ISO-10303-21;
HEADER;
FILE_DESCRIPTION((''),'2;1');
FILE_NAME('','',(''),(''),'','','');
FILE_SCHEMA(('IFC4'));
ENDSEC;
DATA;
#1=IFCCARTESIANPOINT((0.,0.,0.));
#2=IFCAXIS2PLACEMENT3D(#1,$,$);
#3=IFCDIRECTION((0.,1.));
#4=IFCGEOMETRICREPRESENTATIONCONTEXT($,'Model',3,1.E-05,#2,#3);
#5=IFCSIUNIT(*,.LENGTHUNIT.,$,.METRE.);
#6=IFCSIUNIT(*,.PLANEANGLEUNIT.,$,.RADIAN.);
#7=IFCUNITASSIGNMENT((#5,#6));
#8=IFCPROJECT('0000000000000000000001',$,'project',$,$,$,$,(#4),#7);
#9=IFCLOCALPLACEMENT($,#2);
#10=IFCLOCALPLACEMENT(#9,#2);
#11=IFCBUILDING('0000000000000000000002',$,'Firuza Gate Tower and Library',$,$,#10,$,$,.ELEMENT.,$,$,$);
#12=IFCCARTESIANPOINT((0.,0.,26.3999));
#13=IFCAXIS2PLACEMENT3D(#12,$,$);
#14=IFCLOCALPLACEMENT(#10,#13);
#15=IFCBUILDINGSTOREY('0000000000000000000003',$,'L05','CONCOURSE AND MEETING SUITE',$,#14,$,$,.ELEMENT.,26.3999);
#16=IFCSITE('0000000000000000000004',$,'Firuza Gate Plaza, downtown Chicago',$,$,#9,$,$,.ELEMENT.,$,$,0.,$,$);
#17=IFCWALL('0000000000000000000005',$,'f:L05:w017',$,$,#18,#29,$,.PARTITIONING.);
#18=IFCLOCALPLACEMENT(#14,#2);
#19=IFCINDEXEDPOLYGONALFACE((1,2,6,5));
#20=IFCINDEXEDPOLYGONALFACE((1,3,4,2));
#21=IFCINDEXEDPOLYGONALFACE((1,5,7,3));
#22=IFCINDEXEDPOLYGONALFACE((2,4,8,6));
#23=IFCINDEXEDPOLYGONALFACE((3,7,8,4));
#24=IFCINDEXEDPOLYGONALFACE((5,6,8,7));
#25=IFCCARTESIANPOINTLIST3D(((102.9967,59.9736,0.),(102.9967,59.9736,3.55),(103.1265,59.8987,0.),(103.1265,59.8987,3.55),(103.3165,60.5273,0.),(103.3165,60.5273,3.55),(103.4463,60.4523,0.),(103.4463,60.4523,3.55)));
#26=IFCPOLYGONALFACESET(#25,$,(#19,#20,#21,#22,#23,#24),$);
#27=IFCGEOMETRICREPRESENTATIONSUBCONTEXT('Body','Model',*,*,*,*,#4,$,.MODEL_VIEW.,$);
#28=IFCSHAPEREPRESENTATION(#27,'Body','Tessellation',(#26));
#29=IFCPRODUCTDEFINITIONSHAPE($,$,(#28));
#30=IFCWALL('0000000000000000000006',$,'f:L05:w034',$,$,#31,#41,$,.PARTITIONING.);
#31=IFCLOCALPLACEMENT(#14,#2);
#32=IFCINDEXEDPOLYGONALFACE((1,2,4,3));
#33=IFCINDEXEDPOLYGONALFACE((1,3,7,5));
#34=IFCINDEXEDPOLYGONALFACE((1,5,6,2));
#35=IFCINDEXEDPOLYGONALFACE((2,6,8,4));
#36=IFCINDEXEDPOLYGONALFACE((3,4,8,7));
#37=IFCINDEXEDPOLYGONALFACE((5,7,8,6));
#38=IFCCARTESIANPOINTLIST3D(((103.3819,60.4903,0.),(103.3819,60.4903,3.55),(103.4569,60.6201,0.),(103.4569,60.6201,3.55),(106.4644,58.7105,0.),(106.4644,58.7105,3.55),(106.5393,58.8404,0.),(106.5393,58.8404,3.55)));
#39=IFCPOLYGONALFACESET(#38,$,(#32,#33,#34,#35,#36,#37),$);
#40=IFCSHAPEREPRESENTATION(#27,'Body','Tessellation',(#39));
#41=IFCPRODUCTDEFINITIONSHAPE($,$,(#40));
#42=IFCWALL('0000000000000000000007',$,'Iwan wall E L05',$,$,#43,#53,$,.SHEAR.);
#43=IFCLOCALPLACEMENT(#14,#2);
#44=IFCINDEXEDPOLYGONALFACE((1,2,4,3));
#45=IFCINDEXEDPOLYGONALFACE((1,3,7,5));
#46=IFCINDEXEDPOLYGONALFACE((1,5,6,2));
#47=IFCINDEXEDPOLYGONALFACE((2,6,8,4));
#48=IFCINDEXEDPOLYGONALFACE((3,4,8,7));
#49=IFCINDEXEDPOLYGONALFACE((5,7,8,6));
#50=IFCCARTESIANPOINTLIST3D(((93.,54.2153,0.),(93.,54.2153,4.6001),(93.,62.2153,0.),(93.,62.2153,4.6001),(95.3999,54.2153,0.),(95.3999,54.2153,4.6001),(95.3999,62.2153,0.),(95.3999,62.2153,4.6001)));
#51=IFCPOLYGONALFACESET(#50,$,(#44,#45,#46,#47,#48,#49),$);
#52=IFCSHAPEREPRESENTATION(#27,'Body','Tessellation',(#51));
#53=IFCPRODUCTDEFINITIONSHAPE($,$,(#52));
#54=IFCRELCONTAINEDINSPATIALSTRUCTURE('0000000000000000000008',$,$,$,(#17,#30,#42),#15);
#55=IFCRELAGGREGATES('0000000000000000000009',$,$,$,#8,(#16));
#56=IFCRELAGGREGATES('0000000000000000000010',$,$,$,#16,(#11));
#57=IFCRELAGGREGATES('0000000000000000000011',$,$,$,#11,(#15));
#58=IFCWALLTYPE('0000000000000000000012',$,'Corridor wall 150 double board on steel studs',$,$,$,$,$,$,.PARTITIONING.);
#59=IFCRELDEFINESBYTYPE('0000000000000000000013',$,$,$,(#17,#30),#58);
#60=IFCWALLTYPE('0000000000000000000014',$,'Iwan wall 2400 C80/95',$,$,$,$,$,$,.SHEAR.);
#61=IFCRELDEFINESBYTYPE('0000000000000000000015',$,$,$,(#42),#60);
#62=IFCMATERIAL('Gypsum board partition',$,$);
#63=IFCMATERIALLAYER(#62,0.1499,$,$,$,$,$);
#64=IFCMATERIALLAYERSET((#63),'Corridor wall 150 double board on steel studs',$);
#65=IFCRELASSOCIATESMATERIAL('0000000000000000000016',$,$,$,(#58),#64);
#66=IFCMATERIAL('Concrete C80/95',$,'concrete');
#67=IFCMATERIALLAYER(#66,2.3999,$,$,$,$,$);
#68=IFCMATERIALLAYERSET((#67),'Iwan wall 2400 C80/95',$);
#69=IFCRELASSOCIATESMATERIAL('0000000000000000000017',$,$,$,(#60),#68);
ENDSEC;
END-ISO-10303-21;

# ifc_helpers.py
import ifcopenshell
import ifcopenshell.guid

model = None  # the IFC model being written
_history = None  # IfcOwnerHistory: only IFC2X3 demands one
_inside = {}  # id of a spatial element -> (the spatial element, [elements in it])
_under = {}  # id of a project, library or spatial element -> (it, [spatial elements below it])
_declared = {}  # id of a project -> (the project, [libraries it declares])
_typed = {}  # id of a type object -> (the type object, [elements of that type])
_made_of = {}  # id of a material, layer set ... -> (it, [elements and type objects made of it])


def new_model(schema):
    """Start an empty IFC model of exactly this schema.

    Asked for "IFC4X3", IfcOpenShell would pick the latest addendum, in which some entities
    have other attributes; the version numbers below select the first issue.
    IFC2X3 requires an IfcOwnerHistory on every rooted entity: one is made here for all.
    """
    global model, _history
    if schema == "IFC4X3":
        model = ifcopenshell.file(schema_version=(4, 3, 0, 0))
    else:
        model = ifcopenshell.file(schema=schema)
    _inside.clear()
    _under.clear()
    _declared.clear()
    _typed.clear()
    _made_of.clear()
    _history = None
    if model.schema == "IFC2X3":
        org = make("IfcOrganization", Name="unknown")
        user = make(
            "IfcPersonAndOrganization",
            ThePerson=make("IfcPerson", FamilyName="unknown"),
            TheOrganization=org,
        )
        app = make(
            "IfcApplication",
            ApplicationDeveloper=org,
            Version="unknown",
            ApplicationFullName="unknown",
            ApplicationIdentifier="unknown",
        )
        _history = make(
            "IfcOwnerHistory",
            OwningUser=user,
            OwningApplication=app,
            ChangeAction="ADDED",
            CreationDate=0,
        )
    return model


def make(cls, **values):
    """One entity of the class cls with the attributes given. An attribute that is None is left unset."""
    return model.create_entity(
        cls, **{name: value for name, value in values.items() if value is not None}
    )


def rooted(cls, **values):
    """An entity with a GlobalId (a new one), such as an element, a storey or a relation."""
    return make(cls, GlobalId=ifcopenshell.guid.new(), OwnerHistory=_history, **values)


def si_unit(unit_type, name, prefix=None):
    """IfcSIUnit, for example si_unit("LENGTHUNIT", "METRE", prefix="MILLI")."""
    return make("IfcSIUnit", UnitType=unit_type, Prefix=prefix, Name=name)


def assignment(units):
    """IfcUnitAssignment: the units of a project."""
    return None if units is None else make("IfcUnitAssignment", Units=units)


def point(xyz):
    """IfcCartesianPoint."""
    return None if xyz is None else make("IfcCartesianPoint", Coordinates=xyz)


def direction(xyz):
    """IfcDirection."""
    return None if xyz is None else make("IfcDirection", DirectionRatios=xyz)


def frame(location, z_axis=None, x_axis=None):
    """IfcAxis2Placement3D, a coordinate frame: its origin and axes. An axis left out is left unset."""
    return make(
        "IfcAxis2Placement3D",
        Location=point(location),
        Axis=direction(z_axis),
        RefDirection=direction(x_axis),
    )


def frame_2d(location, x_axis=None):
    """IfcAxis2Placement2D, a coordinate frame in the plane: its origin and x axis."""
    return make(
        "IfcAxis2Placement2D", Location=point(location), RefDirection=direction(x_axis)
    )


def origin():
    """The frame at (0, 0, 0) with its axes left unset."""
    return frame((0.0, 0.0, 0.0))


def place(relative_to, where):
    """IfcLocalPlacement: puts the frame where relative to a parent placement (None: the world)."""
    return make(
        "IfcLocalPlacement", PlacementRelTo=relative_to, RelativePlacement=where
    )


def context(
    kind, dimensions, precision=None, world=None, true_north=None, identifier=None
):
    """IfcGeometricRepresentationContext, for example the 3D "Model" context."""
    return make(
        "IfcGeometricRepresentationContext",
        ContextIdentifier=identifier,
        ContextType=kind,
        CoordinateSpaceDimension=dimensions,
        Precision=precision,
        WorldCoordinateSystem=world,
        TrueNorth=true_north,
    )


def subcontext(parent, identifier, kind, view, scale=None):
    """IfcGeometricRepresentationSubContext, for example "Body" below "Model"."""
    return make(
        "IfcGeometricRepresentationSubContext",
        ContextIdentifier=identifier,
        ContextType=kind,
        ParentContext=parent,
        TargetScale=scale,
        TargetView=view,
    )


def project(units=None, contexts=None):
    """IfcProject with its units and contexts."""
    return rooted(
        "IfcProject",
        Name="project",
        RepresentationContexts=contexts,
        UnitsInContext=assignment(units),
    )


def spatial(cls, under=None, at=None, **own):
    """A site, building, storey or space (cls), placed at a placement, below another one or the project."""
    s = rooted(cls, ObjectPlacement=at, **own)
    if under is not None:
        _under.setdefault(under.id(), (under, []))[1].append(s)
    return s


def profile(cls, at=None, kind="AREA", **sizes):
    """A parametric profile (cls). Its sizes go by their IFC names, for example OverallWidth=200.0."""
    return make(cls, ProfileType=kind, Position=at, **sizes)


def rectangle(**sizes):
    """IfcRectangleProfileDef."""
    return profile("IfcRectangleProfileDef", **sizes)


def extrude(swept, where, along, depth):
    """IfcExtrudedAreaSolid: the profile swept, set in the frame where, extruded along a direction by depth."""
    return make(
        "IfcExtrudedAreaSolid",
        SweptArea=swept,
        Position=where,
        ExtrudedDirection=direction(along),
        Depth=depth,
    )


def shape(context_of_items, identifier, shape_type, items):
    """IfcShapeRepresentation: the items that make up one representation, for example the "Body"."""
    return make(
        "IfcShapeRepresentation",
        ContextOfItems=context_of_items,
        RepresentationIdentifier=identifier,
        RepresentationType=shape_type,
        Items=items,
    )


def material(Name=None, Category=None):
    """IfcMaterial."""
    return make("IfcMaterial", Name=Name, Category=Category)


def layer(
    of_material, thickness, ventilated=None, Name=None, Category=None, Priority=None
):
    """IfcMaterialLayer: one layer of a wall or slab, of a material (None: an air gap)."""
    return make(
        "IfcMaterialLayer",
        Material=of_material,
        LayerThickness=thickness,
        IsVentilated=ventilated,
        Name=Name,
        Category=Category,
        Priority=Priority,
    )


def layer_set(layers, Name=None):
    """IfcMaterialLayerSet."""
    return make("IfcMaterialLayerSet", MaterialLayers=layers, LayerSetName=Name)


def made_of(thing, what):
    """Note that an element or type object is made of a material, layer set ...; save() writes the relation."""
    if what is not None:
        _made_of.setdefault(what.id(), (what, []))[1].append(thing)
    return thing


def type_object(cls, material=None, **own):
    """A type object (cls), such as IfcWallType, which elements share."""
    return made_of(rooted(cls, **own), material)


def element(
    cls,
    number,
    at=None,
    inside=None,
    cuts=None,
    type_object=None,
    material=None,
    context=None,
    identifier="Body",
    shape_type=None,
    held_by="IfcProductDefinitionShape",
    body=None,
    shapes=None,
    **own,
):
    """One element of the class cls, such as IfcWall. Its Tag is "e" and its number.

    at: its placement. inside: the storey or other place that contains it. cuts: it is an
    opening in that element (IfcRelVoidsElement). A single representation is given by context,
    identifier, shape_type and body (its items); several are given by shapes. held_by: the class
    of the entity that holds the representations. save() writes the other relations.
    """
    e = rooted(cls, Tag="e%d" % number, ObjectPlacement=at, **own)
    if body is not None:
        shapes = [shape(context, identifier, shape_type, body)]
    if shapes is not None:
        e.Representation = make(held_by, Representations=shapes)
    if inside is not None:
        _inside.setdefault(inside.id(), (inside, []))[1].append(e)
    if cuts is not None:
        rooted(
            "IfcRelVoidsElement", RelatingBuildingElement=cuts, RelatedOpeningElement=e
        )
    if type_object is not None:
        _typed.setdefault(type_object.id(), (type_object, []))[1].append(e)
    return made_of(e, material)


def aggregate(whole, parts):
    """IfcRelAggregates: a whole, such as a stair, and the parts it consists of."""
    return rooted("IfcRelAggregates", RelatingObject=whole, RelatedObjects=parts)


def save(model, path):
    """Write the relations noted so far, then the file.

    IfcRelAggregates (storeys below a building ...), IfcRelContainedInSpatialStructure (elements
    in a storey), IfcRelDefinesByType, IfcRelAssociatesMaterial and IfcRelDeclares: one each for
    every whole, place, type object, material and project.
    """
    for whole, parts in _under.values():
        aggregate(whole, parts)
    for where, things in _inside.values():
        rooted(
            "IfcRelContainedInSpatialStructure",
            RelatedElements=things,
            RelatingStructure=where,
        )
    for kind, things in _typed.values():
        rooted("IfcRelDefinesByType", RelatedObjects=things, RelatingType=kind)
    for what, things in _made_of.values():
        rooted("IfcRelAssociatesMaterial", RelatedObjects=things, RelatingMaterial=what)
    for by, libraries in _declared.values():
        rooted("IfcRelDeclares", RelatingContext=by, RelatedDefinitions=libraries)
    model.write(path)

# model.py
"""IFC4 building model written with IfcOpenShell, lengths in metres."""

from ifc_helpers import new_model, si_unit, direction, frame, frame_2d, origin, place, context, subcontext, project, spatial, rectangle, extrude, material, layer, layer_set, type_object, element, save


model = new_model("IFC4")

# Units and contexts
model_context = context("Model", 3, precision=1e-05, world=origin(), true_north=direction((0.0, 1.0)))
body_context = subcontext(model_context, "Body", "Model", "MODEL_VIEW")
ifc_project = project(units=[si_unit("LENGTHUNIT", "METRE"), si_unit("PLANEANGLEUNIT", "RADIAN")], contexts=[model_context])

# Site, building, storey
site_placement = place(None, origin())
site = spatial("IfcSite", under=ifc_project, at=site_placement, Name="Firuza Gate Plaza, downtown Chicago", CompositionType="ELEMENT", RefElevation=0.0)
building_placement = place(site_placement, origin())
building = spatial("IfcBuilding", under=site, at=building_placement, Name="Firuza Gate Tower and Library", CompositionType="ELEMENT")
storey_placement = place(building_placement, frame((0.0, 0.0, 26.3999)))
storey = spatial("IfcBuildingStorey", under=building, at=storey_placement, Name="L05", Description="CONCOURSE AND MEETING SUITE", CompositionType="ELEMENT", Elevation=26.3999)

# Walls
ifc_material_1 = material(Name="Gypsum board partition")
ifc_layer_1 = layer(ifc_material_1, 0.1499)
ifc_layer_set_1 = layer_set([ifc_layer_1], Name="Corridor wall 150 double board on steel studs")
wall_type_1 = type_object("IfcWallType", Name="Corridor wall 150 double board on steel studs", PredefinedType="PARTITIONING", material=ifc_layer_set_1)
wall_1_placement = place(storey_placement, frame((103.0615, 59.936, 0.0), z_axis=(0.0, 0.0, 1.0), x_axis=(0.500163, 0.865931, 0.0)))
element("IfcWall", 1, at=wall_1_placement, inside=storey, type_object=wall_type_1, Name="f:L05:w017", PredefinedType="PARTITIONING", context=body_context, shape_type="SweptSolid", body=[
    extrude(rectangle(XDim=0.6394, YDim=0.1499, at=frame_2d((0.3198, 0.0))), origin(), (0.0, 0.0, 1.0), 3.55),
])
wall_2_placement = place(storey_placement, frame((106.502, 58.7754, 0.0), z_axis=(0.0, 0.0, 1.0), x_axis=(-0.866014, 0.500019, 0.0)))
element("IfcWall", 2, at=wall_2_placement, inside=storey, type_object=wall_type_1, Name="f:L05:w034", PredefinedType="PARTITIONING", context=body_context, shape_type="SweptSolid", body=[
    extrude(rectangle(XDim=3.5593, YDim=0.1499, at=frame_2d((1.7798, 0.0))), origin(), (0.0, 0.0, 1.0), 3.55),
])
ifc_material_2 = material(Name="Concrete C80/95", Category="concrete")
ifc_layer_2 = layer(ifc_material_2, 2.3999)
ifc_layer_set_2 = layer_set([ifc_layer_2], Name="Iwan wall 2400 C80/95")
wall_type_2 = type_object("IfcWallType", Name="Iwan wall 2400 C80/95", PredefinedType="SHEAR", material=ifc_layer_set_2)
wall_3_placement = place(storey_placement, frame((94.2, 54.2153, 0.0), z_axis=(0.0, 0.0, 1.0), x_axis=(0.0, 1.0, 0.0)))
element("IfcWall", 3, at=wall_3_placement, inside=storey, type_object=wall_type_2, Name="Iwan wall E L05", PredefinedType="SHEAR", context=body_context, shape_type="SweptSolid", body=[
    extrude(rectangle(XDim=8.0, YDim=2.3999, at=frame_2d((4.0, 0.0))), origin(), (0.0, 0.0, 1.0), 4.6001),
])

save(model, "model.ifc")
